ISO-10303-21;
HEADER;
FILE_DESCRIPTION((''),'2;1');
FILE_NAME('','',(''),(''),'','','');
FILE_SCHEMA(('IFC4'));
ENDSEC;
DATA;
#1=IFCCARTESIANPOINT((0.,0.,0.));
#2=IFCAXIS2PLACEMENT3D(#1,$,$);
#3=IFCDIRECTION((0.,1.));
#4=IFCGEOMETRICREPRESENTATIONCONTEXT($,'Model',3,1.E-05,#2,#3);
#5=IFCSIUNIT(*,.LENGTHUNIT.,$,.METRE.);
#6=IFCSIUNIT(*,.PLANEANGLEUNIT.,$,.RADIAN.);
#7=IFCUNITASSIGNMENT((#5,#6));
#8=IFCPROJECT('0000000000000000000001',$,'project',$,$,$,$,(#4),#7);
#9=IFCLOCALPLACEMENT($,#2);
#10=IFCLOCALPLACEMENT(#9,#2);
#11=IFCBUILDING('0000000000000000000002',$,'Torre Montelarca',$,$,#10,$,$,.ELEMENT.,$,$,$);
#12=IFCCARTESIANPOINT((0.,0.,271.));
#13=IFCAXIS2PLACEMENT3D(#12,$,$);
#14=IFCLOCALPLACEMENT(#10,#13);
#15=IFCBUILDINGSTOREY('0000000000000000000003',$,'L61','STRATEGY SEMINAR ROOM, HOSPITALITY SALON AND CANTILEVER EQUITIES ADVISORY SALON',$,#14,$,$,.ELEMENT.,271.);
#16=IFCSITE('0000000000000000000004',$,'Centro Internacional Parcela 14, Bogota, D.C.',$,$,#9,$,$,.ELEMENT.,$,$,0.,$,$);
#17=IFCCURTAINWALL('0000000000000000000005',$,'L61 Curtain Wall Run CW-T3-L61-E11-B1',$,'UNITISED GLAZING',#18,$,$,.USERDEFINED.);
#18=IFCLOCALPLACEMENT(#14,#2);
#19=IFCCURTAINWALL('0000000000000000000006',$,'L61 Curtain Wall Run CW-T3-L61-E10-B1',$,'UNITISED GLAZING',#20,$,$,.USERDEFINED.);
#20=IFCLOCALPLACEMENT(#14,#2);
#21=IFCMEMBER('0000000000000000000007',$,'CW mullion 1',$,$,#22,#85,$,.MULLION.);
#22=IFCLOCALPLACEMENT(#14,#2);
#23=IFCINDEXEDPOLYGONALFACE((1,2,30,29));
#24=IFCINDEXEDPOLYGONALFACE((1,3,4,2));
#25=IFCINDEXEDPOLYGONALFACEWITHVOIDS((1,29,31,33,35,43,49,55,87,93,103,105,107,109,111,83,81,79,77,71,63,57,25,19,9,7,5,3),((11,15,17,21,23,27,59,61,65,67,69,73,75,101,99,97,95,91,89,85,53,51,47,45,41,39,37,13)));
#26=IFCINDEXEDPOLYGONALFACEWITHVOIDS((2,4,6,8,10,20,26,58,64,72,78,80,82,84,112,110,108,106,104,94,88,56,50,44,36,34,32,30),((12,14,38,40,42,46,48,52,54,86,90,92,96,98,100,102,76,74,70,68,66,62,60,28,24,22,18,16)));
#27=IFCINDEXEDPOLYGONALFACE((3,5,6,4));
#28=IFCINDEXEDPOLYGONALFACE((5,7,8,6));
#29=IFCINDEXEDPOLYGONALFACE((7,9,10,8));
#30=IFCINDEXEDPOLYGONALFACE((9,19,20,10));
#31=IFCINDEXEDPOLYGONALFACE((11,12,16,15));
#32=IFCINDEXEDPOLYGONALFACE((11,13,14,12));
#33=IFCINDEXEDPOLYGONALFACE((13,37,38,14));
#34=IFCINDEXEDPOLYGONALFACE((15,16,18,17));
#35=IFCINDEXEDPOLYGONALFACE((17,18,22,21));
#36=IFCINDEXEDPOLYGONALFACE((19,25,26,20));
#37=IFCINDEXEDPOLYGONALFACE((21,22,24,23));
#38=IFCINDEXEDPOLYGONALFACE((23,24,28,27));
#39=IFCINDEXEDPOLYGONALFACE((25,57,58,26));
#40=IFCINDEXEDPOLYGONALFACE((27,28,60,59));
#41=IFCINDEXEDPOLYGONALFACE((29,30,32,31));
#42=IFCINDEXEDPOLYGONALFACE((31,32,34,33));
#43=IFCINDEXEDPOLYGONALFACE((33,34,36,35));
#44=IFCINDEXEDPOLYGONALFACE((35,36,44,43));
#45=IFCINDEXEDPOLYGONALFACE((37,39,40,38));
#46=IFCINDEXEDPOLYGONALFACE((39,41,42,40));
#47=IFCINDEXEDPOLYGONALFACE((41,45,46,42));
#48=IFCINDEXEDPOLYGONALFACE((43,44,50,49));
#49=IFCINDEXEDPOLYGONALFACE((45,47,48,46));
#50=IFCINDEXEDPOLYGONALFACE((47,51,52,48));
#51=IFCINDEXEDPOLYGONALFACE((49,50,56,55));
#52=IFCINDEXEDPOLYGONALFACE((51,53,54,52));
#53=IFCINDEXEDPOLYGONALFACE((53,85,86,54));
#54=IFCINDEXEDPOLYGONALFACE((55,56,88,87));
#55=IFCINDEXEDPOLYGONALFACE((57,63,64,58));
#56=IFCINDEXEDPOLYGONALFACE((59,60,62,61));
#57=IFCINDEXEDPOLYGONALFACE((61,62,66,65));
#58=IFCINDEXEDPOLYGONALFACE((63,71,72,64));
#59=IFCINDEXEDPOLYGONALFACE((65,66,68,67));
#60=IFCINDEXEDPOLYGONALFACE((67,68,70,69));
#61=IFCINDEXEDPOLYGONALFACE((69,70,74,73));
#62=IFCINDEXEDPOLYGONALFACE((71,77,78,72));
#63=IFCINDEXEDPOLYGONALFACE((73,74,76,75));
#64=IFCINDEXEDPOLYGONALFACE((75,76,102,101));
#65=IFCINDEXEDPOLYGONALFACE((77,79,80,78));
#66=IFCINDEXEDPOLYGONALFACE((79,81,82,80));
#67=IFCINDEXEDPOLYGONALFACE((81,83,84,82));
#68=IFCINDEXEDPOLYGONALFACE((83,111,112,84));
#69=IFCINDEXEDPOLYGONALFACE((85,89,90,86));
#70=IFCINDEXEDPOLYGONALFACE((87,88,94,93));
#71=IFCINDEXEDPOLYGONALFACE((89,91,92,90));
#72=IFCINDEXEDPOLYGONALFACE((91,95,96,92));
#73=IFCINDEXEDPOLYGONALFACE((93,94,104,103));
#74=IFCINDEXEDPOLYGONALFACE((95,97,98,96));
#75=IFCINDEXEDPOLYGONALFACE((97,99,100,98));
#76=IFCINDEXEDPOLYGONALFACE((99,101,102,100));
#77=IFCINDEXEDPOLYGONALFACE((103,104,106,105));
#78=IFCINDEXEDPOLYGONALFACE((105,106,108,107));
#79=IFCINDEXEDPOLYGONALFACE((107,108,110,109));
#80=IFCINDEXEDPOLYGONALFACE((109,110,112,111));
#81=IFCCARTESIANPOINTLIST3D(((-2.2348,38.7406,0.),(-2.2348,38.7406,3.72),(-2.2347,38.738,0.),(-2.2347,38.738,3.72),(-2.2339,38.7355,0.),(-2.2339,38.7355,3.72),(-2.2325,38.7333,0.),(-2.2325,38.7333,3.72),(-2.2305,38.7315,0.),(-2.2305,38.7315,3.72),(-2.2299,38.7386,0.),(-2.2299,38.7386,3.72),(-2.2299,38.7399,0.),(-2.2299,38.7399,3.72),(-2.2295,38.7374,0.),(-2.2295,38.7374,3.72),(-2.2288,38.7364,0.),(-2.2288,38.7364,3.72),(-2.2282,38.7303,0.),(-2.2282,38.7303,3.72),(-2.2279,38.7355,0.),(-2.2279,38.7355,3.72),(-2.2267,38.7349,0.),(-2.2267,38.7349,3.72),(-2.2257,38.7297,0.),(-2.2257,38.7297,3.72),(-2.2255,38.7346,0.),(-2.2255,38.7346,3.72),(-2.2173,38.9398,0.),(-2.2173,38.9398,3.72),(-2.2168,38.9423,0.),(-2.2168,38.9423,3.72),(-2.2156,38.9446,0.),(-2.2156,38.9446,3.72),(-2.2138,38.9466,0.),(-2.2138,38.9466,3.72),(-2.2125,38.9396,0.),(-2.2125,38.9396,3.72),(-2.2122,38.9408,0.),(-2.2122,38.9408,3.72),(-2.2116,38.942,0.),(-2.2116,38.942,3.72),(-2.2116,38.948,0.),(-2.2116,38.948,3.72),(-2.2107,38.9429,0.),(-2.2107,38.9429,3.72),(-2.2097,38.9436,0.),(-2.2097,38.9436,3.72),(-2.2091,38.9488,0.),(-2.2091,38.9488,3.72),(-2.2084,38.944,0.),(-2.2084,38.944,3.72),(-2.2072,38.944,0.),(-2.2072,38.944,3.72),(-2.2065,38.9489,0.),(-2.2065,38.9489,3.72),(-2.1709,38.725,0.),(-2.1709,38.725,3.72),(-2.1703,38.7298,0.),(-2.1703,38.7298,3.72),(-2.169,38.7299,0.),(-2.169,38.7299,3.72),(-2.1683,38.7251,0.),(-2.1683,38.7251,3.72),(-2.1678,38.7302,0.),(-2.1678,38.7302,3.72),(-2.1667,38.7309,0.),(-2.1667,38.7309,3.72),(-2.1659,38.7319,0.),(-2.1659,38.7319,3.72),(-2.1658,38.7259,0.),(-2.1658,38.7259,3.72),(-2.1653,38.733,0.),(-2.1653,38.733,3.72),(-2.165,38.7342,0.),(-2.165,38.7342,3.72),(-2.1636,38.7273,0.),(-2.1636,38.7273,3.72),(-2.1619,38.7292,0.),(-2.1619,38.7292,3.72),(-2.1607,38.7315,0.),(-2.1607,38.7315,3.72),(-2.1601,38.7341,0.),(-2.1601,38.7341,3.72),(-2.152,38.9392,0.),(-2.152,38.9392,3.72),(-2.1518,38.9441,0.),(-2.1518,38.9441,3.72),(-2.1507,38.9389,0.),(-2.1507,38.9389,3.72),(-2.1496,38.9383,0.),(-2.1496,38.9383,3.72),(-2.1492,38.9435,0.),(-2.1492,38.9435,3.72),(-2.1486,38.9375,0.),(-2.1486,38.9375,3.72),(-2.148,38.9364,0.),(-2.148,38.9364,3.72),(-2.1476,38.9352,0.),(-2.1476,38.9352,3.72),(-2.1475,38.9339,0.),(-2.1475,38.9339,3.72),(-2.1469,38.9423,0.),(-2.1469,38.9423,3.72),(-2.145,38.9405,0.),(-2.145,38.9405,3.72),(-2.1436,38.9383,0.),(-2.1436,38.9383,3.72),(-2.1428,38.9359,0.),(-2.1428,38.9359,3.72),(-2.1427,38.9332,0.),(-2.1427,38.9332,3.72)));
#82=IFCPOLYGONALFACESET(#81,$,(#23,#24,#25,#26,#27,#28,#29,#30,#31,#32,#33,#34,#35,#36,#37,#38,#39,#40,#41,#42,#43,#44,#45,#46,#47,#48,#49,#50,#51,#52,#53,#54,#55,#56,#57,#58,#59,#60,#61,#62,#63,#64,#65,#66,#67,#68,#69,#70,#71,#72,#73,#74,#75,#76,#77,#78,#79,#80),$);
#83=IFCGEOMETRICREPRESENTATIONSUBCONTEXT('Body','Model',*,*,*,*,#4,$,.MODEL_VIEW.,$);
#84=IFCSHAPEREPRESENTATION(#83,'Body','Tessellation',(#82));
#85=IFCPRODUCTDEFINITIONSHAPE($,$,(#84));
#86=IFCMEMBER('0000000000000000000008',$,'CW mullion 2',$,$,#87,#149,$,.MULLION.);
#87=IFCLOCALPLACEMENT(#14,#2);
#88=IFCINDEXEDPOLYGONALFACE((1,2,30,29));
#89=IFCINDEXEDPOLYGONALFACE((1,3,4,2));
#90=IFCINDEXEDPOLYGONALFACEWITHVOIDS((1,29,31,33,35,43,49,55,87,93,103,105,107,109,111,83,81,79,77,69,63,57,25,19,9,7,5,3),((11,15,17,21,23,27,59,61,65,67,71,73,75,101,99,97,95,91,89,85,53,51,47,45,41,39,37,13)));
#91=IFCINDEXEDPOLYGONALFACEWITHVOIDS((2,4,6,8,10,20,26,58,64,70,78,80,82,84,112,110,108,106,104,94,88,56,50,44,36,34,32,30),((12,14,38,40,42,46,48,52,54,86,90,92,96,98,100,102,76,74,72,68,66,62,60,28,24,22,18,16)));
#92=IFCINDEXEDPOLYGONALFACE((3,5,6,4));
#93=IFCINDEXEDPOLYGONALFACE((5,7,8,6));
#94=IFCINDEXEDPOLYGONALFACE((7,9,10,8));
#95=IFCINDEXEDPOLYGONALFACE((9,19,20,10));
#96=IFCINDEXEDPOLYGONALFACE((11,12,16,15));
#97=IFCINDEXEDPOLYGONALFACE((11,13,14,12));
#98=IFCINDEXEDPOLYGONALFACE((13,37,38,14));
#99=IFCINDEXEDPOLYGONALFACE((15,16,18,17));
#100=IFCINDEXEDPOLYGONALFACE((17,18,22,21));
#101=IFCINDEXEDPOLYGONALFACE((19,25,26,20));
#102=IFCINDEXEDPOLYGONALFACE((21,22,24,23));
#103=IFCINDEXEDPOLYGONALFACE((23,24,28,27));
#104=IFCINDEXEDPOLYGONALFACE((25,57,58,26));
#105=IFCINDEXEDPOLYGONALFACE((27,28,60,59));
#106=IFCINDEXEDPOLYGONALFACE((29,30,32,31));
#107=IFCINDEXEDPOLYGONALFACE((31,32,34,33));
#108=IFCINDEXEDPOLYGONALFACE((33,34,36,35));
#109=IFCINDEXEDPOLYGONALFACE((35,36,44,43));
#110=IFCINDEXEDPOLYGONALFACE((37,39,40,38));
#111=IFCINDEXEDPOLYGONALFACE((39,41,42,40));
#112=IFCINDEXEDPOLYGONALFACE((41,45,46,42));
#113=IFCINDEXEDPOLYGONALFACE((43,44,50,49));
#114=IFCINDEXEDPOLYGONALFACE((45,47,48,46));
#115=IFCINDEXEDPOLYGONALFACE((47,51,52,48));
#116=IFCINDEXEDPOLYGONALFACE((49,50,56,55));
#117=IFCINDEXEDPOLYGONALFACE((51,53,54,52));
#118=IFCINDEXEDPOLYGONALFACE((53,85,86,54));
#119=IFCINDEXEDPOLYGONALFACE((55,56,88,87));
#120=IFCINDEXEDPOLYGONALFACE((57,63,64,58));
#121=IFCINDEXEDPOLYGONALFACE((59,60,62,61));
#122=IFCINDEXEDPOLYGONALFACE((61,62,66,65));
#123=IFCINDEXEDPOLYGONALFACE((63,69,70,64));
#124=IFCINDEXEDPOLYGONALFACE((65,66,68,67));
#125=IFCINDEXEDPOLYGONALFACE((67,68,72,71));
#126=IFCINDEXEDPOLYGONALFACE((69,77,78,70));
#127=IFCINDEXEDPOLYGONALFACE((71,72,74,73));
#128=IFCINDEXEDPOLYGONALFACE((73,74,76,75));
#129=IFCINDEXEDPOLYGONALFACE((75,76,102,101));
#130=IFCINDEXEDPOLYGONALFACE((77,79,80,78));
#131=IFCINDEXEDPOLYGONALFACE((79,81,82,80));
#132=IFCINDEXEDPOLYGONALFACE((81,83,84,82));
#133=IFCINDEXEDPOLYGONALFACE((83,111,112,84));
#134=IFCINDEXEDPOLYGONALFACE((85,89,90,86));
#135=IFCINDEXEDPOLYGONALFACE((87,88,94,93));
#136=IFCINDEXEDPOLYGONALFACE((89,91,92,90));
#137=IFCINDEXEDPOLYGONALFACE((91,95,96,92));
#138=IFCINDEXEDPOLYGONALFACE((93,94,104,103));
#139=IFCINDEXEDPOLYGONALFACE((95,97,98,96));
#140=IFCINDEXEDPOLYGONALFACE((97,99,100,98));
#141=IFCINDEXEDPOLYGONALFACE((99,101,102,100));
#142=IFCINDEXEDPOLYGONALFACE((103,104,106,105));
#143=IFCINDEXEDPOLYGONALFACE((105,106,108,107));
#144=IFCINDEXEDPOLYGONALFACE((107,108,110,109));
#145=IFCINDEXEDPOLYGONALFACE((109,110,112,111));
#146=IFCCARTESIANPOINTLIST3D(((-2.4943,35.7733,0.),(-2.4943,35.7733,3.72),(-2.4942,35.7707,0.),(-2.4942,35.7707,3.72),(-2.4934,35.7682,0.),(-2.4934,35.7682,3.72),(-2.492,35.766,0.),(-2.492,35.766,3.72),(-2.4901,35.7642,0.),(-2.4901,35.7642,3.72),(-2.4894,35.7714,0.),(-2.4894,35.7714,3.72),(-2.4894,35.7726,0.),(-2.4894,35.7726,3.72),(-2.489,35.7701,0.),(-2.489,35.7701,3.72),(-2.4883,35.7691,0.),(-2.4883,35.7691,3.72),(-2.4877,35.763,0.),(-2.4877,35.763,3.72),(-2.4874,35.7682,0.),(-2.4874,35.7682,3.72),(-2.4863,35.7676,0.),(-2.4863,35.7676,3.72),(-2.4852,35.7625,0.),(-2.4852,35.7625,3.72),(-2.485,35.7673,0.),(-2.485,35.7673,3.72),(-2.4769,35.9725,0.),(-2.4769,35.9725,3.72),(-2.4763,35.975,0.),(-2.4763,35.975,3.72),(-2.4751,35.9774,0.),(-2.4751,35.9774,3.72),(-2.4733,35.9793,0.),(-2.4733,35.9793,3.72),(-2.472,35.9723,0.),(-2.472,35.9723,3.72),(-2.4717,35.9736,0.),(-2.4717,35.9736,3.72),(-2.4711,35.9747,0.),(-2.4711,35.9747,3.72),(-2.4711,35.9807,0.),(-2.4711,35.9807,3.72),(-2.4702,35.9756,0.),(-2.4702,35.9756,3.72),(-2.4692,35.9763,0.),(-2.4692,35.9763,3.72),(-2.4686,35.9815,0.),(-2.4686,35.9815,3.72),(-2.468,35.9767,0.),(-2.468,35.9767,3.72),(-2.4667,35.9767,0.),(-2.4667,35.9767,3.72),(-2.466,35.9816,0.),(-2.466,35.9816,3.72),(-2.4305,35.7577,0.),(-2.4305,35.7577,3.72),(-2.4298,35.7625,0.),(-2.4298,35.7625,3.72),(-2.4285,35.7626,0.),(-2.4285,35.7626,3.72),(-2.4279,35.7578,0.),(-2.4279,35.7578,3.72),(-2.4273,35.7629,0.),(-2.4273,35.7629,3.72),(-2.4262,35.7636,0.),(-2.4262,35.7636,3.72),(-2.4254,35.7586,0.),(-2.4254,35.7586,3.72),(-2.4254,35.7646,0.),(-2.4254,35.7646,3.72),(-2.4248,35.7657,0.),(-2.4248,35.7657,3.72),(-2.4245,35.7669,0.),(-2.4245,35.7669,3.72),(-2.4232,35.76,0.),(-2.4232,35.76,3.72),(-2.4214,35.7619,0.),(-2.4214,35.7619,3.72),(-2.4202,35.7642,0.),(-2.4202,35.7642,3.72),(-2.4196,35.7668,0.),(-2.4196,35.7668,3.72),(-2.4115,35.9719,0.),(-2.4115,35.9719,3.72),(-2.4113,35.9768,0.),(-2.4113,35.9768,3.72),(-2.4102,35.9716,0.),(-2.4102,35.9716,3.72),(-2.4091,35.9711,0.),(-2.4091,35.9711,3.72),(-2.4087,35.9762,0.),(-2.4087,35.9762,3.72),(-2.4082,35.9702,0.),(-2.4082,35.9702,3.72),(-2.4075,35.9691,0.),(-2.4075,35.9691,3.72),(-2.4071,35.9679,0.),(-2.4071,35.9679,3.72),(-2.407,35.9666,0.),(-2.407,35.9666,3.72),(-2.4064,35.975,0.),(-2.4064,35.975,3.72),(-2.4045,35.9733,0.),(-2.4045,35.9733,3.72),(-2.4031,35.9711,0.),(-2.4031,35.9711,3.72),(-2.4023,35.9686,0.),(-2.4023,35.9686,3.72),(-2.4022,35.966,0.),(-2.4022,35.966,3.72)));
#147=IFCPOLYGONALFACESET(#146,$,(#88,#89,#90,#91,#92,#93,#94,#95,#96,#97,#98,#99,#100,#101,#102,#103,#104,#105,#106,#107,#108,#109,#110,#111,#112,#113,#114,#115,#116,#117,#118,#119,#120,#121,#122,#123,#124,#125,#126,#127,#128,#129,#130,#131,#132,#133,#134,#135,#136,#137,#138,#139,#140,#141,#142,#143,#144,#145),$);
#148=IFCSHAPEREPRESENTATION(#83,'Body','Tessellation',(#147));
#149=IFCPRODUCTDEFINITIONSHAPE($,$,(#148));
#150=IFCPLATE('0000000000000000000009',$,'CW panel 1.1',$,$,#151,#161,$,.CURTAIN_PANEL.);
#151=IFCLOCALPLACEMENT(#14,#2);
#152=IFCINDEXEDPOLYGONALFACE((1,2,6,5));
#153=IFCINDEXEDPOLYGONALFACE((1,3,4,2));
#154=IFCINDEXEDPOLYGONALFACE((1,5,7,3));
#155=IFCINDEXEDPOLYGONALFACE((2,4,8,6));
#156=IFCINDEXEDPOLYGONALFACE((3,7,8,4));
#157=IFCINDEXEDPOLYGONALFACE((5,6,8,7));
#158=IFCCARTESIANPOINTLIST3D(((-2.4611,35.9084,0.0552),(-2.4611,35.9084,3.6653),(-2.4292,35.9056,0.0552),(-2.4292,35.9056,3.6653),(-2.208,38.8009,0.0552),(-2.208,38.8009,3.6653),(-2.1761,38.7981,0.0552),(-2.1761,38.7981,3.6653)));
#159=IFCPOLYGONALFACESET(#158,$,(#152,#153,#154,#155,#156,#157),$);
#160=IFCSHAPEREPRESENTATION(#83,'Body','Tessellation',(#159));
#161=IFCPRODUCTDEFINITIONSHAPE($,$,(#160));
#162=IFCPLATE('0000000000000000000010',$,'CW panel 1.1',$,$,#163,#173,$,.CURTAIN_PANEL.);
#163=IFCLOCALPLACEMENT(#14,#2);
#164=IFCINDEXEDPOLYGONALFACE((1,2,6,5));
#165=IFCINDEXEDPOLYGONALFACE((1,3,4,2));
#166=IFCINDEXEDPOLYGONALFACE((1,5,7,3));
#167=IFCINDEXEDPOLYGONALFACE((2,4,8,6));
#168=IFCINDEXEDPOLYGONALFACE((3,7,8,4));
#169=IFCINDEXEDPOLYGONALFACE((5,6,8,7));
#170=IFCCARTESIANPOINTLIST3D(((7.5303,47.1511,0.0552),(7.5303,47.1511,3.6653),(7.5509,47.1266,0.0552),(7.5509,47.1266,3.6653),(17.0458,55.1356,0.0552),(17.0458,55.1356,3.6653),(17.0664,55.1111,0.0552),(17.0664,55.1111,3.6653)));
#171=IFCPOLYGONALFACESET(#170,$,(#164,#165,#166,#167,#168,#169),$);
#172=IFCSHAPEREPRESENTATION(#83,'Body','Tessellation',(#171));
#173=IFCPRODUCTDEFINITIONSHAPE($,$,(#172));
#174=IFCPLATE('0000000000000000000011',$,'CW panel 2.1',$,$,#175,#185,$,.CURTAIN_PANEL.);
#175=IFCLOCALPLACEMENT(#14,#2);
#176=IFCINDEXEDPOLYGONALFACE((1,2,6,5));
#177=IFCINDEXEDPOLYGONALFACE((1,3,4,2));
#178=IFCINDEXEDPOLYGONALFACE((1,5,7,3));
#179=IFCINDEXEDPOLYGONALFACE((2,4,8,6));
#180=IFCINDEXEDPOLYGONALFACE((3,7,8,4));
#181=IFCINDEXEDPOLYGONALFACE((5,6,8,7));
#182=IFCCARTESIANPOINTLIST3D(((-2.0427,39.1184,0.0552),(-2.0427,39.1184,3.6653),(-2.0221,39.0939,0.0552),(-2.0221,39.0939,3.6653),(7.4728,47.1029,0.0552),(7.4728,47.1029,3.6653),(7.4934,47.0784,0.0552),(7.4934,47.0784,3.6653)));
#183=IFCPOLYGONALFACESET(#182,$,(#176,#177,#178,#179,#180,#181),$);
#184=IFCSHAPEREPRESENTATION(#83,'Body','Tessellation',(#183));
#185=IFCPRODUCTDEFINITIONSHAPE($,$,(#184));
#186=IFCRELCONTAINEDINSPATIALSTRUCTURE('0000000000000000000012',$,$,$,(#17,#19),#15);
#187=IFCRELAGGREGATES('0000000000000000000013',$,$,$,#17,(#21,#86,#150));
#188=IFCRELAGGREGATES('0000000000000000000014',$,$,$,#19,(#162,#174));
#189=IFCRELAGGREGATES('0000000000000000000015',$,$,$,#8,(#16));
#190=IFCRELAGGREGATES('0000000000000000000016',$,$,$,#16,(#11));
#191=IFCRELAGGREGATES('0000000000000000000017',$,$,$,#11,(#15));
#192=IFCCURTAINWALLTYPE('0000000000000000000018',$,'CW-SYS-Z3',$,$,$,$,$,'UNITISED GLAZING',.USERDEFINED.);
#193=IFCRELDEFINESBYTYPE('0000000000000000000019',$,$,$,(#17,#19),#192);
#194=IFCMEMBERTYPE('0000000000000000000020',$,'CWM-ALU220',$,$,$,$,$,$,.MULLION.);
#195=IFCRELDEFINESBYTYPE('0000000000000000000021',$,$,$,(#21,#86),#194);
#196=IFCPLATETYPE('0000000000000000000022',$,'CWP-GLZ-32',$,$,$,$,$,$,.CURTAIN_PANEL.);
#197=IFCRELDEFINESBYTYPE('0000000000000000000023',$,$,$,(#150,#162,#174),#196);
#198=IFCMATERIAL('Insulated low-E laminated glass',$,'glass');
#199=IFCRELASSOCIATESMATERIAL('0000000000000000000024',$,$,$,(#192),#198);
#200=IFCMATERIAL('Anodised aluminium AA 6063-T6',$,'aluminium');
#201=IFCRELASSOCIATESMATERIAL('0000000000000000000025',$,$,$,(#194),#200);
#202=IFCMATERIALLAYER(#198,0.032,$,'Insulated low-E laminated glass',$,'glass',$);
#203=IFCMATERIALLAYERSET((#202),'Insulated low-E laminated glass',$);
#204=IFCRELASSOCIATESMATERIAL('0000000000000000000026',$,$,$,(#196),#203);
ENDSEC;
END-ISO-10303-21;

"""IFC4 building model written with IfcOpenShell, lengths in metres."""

from ifc_helpers import new_model, si_unit, direction, frame, origin, origin_2d, place, context, subcontext, project, spatial, rectangle, hollow_rectangle, extrude, source, transform, mapped, material, layer, layer_set, material_profile, profile_set, type_object, element, aggregate, save


model = new_model("IFC4")

# Units and contexts
model_context = context("Model", 3, precision=1e-05, world=origin(), true_north=direction((0.0, 1.0)))
body_context = subcontext(model_context, "Body", "Model", "MODEL_VIEW")
ifc_project = project(units=[si_unit("LENGTHUNIT", "METRE"), si_unit("PLANEANGLEUNIT", "RADIAN")], contexts=[model_context])

# Site, building, storey
site_placement = place(None, origin())
site = spatial("IfcSite", under=ifc_project, at=site_placement, Name="Centro Internacional Parcela 14, Bogota, D.C.", CompositionType="ELEMENT", RefElevation=0.0)
building_placement = place(site_placement, origin())
building = spatial("IfcBuilding", under=site, at=building_placement, Name="Torre Montelarca", CompositionType="ELEMENT")
storey_placement = place(building_placement, frame((0.0, 0.0, 271.0)))
storey = spatial("IfcBuildingStorey", under=building, at=storey_placement, Name="L61", Description="STRATEGY SEMINAR ROOM, HOSPITALITY SALON AND CANTILEVER EQUITIES ADVISORY SALON", CompositionType="ELEMENT", Elevation=271.0)

# Curtain walls
ifc_material_1 = material(Name="Insulated low-E laminated glass", Category="glass")
curtain_wall_type = type_object("IfcCurtainWallType", Name="CW-SYS-Z3", ElementType="UNITISED GLAZING", PredefinedType="USERDEFINED", material=ifc_material_1)
curtain_wall_1_placement = place(storey_placement, origin())
curtain_wall_1 = element("IfcCurtainWall", 1, at=curtain_wall_1_placement, inside=storey, type_object=curtain_wall_type, Name="L61 Curtain Wall Run CW-T3-L61-E11-B1", ObjectType="UNITISED GLAZING", PredefinedType="USERDEFINED")
ifc_material_2 = material(Name="Anodised aluminium AA 6063-T6", Category="aluminium")
curtain_wall_2_placement = place(storey_placement, origin())
curtain_wall_2 = element("IfcCurtainWall", 2, at=curtain_wall_2_placement, inside=storey, type_object=curtain_wall_type, Name="L61 Curtain Wall Run CW-T3-L61-E10-B1", ObjectType="UNITISED GLAZING", PredefinedType="USERDEFINED")
ifc_material_profile_1 = material_profile(ifc_material_2, hollow_rectangle(XDim=0.075, YDim=0.22, WallThickness=0.0049, InnerFilletRadius=0.0049, OuterFilletRadius=0.01, at=origin_2d()), Name="ALU75X220X5", Category="aluminium")
ifc_profile_set_1 = profile_set([ifc_material_profile_1], Name="Anodised aluminium AA 6063-T6")
member_type_1 = type_object("IfcMemberType", Name="CWM-ALU220", PredefinedType="MULLION", material=ifc_profile_set_1)
shared_shape_1 = source(origin(), body_context, "Body", "SweptSolid", [
    extrude(hollow_rectangle(XDim=0.075, YDim=0.22, WallThickness=0.0049, InnerFilletRadius=0.0049, OuterFilletRadius=0.01, at=origin_2d()), origin(), (0.0, 0.0, 1.0), 3.72),
])

# Members
member_1_placement = place(storey_placement, frame((-2.1887, 38.8369, 0.0), z_axis=(0.0, 0.0, 1.0), x_axis=(0.996192, -0.087183, 0.0)))
member_1 = element("IfcMember", 3, at=member_1_placement, type_object=member_type_1, Name="CW mullion 1", PredefinedType="MULLION", context=body_context, shape_type="MappedRepresentation", body=[
    mapped(shared_shape_1, transform((0.0, 0.0, 0.0), scale=1.0)),
])
member_2_placement = place(storey_placement, frame((-2.4482, 35.8696, 0.0), z_axis=(0.0, 0.0, 1.0), x_axis=(0.996192, -0.087183, 0.0)))
member_2 = element("IfcMember", 4, at=member_2_placement, type_object=member_type_1, Name="CW mullion 2", PredefinedType="MULLION", context=body_context, shape_type="MappedRepresentation", body=[
    mapped(shared_shape_1, transform((0.0, 0.0, 0.0), scale=1.0)),
])

# Plates
ifc_layer_1 = layer(ifc_material_1, 0.032, Name="Insulated low-E laminated glass", Category="glass")
ifc_layer_set_1 = layer_set([ifc_layer_1], Name="Insulated low-E laminated glass")
plate_type = type_object("IfcPlateType", Name="CWP-GLZ-32", PredefinedType="CURTAIN_PANEL", material=ifc_layer_set_1)
shared_shape_2 = source(origin(), body_context, "Body", "SweptSolid", [
    extrude(rectangle(XDim=2.9036, YDim=0.032, at=origin_2d()), origin(), (0.0, 0.0, 1.0), 3.6101),
])
plate_1_placement = place(storey_placement, frame((-2.3186, 37.3533, 0.0552), z_axis=(0.0, 0.0, 1.0), x_axis=(-0.087183, -0.996192, 0.0)))
plate_1 = element("IfcPlate", 5, at=plate_1_placement, type_object=plate_type, Name="CW panel 1.1", PredefinedType="CURTAIN_PANEL", context=body_context, shape_type="MappedRepresentation", body=[
    mapped(shared_shape_2, transform((0.0, 0.0, 0.0), scale=1.0)),
])
aggregate(curtain_wall_1, [member_1, member_2, plate_1])
shared_shape_3 = source(origin(), body_context, "Body", "SweptSolid", [
    extrude(rectangle(XDim=12.4216, YDim=0.032, at=origin_2d()), origin(), (0.0, 0.0, 1.0), 3.6101),
])
plate_2_placement = place(storey_placement, frame((12.2983, 51.1311, 0.0552), z_axis=(0.0, 0.0, 1.0), x_axis=(-0.766044, -0.642788, 0.0)))
plate_2 = element("IfcPlate", 6, at=plate_2_placement, type_object=plate_type, Name="CW panel 1.1", PredefinedType="CURTAIN_PANEL", context=body_context, shape_type="MappedRepresentation", body=[
    mapped(shared_shape_3, transform((0.0, 0.0, 0.0), scale=1.0)),
])
plate_3_placement = place(storey_placement, frame((2.7253, 43.0984, 0.0552), z_axis=(0.0, 0.0, 1.0), x_axis=(-0.766044, -0.642788, 0.0)))
plate_3 = element("IfcPlate", 7, at=plate_3_placement, type_object=plate_type, Name="CW panel 2.1", PredefinedType="CURTAIN_PANEL", context=body_context, shape_type="MappedRepresentation", body=[
    mapped(shared_shape_3, transform((0.0, 0.0, 0.0), scale=1.0)),
])
aggregate(curtain_wall_2, [plate_2, plate_3])

save(model, "model.ifc")
